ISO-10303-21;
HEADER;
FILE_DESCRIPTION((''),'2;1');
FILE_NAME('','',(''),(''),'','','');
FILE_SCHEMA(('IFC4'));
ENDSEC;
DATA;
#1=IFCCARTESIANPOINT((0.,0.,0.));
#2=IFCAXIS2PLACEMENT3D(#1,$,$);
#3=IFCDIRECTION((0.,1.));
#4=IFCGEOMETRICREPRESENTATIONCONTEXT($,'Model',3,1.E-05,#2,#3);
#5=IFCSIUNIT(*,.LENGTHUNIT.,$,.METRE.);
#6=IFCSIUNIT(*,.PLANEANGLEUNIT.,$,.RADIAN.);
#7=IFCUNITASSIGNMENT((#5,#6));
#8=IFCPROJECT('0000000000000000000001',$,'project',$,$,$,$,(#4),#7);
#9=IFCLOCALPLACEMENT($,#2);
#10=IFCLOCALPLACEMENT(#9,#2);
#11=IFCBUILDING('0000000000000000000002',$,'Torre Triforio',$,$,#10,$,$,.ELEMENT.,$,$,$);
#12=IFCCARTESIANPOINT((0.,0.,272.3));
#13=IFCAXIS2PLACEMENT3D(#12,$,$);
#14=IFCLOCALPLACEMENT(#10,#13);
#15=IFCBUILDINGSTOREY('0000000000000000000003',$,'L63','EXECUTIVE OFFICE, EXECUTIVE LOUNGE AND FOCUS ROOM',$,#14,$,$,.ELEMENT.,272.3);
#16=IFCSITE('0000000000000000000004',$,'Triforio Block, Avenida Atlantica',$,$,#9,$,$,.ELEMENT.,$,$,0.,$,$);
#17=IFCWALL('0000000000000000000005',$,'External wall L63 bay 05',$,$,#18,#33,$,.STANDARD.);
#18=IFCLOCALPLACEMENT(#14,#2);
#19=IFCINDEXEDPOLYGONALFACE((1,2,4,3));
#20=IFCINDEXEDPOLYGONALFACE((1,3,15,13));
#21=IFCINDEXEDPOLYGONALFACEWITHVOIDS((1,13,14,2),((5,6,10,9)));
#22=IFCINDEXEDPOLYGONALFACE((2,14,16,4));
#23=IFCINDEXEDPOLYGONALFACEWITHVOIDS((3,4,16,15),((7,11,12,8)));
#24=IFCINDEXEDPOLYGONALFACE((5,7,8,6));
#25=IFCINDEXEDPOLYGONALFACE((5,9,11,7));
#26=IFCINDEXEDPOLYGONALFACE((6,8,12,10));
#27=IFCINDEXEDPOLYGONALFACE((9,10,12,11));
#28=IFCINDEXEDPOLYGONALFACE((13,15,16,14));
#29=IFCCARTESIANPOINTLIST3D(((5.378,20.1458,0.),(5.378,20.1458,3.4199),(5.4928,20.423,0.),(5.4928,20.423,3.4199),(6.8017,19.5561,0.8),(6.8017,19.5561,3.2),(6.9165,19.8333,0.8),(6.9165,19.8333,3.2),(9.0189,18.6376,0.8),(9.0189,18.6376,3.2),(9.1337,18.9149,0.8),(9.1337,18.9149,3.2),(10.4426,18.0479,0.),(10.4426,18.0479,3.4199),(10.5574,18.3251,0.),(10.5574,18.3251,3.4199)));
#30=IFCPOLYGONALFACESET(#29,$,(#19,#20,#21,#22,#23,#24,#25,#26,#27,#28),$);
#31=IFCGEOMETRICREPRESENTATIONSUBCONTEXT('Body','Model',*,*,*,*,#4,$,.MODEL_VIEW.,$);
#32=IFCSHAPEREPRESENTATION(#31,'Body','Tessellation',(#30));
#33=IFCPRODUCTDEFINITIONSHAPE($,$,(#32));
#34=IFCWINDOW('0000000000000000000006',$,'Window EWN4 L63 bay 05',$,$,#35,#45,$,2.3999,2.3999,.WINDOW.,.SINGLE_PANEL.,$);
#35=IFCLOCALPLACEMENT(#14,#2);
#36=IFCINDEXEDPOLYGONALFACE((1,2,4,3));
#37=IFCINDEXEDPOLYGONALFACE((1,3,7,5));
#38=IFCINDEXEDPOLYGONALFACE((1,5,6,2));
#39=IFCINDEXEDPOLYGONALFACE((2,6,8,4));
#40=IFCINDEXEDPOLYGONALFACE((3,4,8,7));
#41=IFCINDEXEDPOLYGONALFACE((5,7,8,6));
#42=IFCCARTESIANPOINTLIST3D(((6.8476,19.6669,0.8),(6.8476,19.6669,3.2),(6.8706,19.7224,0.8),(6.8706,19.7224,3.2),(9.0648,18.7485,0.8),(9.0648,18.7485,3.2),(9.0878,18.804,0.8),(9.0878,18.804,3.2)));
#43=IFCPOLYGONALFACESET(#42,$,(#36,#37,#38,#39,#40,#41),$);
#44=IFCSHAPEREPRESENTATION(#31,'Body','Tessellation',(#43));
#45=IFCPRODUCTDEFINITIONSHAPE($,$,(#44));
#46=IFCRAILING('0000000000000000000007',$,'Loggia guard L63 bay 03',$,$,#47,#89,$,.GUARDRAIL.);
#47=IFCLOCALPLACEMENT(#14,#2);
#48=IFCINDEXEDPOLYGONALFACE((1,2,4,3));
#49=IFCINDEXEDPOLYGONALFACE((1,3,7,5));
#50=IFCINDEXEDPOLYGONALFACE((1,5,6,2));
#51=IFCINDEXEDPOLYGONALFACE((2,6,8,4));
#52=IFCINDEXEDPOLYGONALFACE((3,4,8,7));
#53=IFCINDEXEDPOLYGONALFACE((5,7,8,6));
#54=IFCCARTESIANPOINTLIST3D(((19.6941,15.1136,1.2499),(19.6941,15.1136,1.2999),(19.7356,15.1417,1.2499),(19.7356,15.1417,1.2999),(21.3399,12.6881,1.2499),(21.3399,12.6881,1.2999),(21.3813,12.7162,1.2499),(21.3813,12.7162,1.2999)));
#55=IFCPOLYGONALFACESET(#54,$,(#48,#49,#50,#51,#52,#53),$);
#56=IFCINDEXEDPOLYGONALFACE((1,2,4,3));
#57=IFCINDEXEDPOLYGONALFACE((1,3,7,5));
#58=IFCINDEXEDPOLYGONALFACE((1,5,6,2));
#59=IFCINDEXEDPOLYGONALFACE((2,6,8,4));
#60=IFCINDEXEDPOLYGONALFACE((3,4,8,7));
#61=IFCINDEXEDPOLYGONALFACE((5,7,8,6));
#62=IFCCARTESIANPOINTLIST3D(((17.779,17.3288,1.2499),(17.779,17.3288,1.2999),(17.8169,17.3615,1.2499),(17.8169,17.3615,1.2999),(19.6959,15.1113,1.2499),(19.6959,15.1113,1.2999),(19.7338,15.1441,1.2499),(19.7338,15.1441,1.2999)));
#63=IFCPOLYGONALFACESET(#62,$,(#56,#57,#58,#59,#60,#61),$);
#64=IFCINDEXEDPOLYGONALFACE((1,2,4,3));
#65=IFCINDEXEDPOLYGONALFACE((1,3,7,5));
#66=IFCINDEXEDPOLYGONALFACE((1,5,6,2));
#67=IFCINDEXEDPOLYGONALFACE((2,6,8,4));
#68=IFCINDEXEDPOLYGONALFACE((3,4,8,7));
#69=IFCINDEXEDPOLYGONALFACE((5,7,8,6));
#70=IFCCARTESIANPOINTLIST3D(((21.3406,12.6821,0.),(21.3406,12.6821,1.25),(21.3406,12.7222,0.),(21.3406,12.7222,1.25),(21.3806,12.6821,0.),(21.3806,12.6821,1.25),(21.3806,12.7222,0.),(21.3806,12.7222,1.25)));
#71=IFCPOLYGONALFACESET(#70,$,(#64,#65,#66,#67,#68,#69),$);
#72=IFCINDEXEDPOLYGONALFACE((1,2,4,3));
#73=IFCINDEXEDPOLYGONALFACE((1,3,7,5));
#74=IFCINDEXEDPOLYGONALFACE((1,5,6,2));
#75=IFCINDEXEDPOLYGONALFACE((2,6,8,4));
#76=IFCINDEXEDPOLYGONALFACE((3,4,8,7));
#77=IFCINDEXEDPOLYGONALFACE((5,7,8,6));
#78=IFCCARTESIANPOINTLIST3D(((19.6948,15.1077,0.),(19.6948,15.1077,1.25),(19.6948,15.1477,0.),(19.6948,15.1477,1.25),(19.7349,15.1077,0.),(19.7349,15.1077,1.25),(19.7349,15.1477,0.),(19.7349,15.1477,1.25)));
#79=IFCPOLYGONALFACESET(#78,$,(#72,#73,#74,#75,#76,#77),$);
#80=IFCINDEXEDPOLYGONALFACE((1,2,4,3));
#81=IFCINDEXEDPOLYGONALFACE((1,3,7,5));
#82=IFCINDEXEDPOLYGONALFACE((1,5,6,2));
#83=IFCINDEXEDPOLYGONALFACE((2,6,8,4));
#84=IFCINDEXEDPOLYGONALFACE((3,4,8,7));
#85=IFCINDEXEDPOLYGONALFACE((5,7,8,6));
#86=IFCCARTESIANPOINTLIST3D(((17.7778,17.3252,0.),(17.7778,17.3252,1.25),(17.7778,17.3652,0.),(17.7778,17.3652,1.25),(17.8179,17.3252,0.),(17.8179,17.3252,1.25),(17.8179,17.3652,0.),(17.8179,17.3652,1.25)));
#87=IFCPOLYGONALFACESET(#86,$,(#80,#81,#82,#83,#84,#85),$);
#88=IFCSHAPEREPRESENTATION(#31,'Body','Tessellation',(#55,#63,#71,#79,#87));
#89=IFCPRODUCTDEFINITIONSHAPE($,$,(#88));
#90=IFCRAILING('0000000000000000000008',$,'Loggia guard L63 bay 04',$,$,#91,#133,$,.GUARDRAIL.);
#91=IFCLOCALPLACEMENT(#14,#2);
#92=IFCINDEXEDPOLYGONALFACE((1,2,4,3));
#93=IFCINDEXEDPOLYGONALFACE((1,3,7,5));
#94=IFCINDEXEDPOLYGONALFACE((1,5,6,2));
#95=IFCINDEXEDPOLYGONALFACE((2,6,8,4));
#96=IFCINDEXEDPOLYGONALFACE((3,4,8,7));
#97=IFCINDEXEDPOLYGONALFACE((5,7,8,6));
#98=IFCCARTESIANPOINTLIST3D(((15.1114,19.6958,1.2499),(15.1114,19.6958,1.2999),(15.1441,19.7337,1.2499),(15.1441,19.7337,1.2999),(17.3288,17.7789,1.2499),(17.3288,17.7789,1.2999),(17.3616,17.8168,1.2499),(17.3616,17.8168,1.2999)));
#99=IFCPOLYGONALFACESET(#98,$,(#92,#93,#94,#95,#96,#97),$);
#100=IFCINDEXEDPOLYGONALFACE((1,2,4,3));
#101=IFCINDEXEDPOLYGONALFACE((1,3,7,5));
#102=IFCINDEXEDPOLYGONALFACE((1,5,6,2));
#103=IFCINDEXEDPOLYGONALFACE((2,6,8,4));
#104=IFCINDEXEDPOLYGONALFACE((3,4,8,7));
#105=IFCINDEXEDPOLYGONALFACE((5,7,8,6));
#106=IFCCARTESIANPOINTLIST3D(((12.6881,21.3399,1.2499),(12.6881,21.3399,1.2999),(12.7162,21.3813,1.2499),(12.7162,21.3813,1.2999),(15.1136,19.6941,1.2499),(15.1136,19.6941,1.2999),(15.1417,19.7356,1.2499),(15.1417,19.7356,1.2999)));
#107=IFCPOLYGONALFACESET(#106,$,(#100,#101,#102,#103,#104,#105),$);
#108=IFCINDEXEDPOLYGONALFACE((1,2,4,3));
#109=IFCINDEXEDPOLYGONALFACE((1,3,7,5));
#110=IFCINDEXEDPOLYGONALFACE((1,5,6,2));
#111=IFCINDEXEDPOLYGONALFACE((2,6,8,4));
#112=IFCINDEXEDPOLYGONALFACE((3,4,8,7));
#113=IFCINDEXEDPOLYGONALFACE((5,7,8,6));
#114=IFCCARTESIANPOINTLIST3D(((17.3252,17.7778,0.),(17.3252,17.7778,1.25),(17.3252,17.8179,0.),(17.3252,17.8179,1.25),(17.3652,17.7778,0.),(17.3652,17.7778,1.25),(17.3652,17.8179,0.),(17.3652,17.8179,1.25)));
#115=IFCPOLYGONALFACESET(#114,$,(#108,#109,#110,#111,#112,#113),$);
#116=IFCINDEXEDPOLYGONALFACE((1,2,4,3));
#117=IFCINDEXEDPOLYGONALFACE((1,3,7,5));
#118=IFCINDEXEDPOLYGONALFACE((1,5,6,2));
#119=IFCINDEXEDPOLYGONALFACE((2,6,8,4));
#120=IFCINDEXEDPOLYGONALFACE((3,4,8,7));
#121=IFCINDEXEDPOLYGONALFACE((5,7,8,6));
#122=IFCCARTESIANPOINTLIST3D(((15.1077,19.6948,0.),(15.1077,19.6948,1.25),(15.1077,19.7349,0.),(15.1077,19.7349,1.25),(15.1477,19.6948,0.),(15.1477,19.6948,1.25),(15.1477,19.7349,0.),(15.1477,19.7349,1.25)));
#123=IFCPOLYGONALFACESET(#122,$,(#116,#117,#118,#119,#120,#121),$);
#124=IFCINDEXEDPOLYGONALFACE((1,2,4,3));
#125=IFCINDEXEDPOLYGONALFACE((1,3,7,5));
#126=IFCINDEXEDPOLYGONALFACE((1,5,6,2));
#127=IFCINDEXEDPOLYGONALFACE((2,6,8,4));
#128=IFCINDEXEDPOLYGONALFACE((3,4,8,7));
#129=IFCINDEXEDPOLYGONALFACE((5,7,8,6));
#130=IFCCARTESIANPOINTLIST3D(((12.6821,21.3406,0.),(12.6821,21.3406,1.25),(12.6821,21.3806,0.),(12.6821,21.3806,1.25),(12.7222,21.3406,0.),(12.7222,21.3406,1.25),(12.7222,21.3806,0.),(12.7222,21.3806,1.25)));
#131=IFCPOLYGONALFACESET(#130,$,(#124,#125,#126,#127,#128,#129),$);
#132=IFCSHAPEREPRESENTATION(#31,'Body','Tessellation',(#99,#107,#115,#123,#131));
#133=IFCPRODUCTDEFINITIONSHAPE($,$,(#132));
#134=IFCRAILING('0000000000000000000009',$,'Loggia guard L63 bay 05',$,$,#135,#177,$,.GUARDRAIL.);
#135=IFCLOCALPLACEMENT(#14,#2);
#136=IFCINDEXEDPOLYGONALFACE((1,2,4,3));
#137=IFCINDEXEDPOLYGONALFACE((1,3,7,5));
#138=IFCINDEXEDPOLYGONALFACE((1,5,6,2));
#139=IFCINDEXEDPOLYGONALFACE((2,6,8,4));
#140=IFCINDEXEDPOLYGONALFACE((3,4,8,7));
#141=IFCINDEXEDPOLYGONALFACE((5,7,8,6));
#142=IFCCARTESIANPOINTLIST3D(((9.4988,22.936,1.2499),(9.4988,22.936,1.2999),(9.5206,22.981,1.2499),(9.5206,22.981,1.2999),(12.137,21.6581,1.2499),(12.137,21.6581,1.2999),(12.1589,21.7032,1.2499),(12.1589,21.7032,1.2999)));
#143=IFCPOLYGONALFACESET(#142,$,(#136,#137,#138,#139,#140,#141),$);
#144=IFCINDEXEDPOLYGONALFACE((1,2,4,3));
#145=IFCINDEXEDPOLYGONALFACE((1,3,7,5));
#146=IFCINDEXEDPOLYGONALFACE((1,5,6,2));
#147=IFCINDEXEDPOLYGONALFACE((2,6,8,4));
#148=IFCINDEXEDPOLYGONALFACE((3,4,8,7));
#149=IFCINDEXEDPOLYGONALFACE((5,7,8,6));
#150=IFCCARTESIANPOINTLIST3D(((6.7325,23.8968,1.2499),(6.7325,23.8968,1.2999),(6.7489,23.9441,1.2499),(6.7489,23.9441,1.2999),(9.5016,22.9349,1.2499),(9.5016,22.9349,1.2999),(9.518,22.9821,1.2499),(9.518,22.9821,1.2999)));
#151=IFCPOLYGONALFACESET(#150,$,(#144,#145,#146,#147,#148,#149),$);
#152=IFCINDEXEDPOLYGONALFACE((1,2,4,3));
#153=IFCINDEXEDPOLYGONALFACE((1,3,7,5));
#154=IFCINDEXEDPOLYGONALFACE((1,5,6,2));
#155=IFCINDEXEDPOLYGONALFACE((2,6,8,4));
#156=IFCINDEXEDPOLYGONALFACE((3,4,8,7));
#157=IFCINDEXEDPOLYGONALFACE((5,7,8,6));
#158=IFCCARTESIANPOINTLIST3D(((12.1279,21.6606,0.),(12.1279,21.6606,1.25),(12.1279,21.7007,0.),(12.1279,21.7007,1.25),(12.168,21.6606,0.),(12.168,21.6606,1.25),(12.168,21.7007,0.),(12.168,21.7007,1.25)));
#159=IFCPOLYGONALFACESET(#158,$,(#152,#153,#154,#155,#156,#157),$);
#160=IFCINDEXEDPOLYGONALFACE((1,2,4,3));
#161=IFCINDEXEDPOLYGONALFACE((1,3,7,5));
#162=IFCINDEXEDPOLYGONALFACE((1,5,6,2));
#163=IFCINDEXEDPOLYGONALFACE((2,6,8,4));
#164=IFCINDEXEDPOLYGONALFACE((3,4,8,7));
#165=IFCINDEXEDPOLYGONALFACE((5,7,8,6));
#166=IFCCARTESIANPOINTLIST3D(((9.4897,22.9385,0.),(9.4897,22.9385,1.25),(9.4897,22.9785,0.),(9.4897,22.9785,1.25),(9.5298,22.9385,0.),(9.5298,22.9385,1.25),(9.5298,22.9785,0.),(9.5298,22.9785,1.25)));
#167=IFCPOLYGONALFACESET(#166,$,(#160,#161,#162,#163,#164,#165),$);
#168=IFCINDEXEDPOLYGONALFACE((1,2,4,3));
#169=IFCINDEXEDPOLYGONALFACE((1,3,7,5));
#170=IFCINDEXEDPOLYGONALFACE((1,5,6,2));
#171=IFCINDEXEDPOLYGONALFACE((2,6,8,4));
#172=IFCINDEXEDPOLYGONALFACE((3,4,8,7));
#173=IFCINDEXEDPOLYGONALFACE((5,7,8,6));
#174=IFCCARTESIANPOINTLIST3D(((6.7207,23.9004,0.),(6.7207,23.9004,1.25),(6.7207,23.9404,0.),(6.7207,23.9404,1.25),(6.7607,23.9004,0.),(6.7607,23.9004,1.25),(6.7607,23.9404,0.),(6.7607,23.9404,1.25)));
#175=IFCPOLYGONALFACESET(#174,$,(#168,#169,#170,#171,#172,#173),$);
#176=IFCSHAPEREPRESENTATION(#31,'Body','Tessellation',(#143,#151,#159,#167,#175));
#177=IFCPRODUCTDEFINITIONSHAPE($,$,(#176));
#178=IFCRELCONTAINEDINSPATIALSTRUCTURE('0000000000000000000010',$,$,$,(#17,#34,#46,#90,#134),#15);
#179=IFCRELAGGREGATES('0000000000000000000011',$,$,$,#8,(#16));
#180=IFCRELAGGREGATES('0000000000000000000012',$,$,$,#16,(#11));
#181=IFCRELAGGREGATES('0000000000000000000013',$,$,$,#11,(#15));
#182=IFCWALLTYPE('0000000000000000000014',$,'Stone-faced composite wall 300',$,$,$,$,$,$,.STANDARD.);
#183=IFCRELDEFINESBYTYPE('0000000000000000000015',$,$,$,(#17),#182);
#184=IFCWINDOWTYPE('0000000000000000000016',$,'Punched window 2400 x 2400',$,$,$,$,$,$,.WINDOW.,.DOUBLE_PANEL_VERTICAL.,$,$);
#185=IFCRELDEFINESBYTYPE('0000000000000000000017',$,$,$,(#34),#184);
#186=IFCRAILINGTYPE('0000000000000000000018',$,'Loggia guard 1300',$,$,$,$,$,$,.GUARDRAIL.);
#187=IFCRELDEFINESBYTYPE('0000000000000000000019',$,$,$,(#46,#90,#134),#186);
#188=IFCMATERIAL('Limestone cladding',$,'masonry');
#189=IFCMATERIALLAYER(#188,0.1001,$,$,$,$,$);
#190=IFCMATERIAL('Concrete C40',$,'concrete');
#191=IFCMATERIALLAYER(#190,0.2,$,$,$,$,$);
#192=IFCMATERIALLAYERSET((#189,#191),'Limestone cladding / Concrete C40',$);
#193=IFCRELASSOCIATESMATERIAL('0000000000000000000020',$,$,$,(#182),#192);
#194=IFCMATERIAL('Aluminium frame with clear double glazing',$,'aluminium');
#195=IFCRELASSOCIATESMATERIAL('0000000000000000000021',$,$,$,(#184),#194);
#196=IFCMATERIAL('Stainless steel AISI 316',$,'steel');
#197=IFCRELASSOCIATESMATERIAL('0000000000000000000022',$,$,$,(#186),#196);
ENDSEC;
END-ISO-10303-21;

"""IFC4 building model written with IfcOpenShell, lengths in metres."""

from ifc_helpers import new_model, si_unit, direction, frame, frame_2d, origin, origin_2d, place, context, subcontext, project, spatial, rectangle, extrude, material, layer, layer_set, type_object, element, fill, save


model = new_model("IFC4")

# Units and contexts
model_context = context("Model", 3, precision=1e-05, world=origin(), true_north=direction((0.0, 1.0)))
body_context = subcontext(model_context, "Body", "Model", "MODEL_VIEW")
ifc_project = project(units=[si_unit("LENGTHUNIT", "METRE"), si_unit("PLANEANGLEUNIT", "RADIAN")], contexts=[model_context])

# Site, building, storey
site_placement = place(None, origin())
site = spatial("IfcSite", under=ifc_project, at=site_placement, Name="Triforio Block, Avenida Atlantica", CompositionType="ELEMENT", RefElevation=0.0)
building_placement = place(site_placement, origin())
building = spatial("IfcBuilding", under=site, at=building_placement, Name="Torre Triforio", CompositionType="ELEMENT")
storey_placement = place(building_placement, frame((0.0, 0.0, 272.3)))
storey = spatial("IfcBuildingStorey", under=building, at=storey_placement, Name="L63", Description="EXECUTIVE OFFICE, EXECUTIVE LOUNGE AND FOCUS ROOM", CompositionType="ELEMENT", Elevation=272.3)

# Shared definitions
ifc_material_1 = material(Name="Concrete C40", Category="concrete")

# Shared definitions
ifc_material_2 = material(Name="Limestone cladding", Category="masonry")

# Shared definitions
ifc_layer_1 = layer(ifc_material_2, 0.1001)
ifc_layer_2 = layer(ifc_material_1, 0.2)
ifc_layer_set_1 = layer_set([ifc_layer_1, ifc_layer_2], Name="Limestone cladding / Concrete C40")
wall_type_1 = type_object("IfcWallType", Name="Stone-faced composite wall 300", PredefinedType="STANDARD", material=ifc_layer_set_1)
ifc_material_3 = material(Name="Aluminium frame with clear double glazing", Category="aluminium")
window_type_1 = type_object("IfcWindowType", Name="Punched window 2400 x 2400", PartitioningType="DOUBLE_PANEL_VERTICAL", PredefinedType="WINDOW", material=ifc_material_3)

# Wall, opening, window
wall_1_placement = place(storey_placement, frame((10.5, 18.1865, 0.0), z_axis=(0.0, 0.0, 1.0), x_axis=(-0.923877, 0.382689, 0.0)))
wall_1 = element("IfcWall", 1, at=wall_1_placement, inside=storey, type_object=wall_type_1, Name="External wall L63 bay 05", PredefinedType="STANDARD", context=body_context, shape_type="SweptSolid", body=[
    extrude(rectangle(XDim=5.4819, YDim=0.3, at=frame_2d((2.741, 0.0))), origin(), (0.0, 0.0, 1.0), 3.4199),
])
opening_1_placement = place(wall_1_placement, frame((1.541, 0.0, 0.8)))
opening_1 = element("IfcOpeningElement", 2, at=opening_1_placement, cuts=wall_1, PredefinedType="OPENING", context=body_context, shape_type="SweptSolid", body=[
    extrude(rectangle(XDim=2.3999, YDim=2.3999, at=frame_2d((1.2, 1.2))), frame((0.0, 0.1599, 0.0), z_axis=(0.0, -1.0, 0.0), x_axis=(1.0, 0.0, 0.0)), (0.0, 0.0, 1.0), 0.3201),
])
window_1_placement = place(opening_1_placement, origin())
window_1 = element("IfcWindow", 3, at=window_1_placement, inside=storey, type_object=window_type_1, Name="Window EWN4 L63 bay 05", OverallHeight=2.3999, OverallWidth=2.3999, PartitioningType="SINGLE_PANEL", PredefinedType="WINDOW", context=body_context, shape_type="SweptSolid", body=[
    extrude(rectangle(XDim=2.3999, YDim=2.3999, at=frame_2d((1.2, 1.2))), frame((0.0, 0.03, 0.0), z_axis=(0.0, -1.0, 0.0), x_axis=(1.0, 0.0, 0.0)), (0.0, 0.0, 1.0), 0.0601),
])
fill(opening_1, window_1)

# Railings
ifc_material_4 = material(Name="Stainless steel AISI 316", Category="steel")
railing_type = type_object("IfcRailingType", Name="Loggia guard 1300", PredefinedType="GUARDRAIL", material=ifc_material_4)
railing_1_placement = place(storey_placement, frame((21.3606, 12.7021, 0.0)))
element("IfcRailing", 4, at=railing_1_placement, inside=storey, type_object=railing_type, Name="Loggia guard L63 bay 03", PredefinedType="GUARDRAIL", context=body_context, shape_type="SweptSolid", body=[
    extrude(rectangle(XDim=0.05, YDim=0.05, at=origin_2d()), frame((0.0, 0.0, 1.2749), z_axis=(-0.561467, 0.827499, 0.0), x_axis=(-0.827499, -0.561467, 0.0)), (0.0, 0.0, 1.0), 2.9312),
    extrude(rectangle(XDim=0.05, YDim=0.05, at=origin_2d()), frame((-1.6458, 2.4255, 1.2749), z_axis=(-0.653982, 0.75651, 0.0), x_axis=(-0.75651, -0.653982, 0.0)), (0.0, 0.0, 1.0), 2.9312),
    extrude(rectangle(XDim=0.04, YDim=0.04, at=origin_2d()), origin(), (0.0, 0.0, 1.0), 1.25),
    extrude(rectangle(XDim=0.04, YDim=0.04, at=origin_2d()), frame((-1.6458, 2.4255, 0.0)), (0.0, 0.0, 1.0), 1.25),
    extrude(rectangle(XDim=0.04, YDim=0.04, at=origin_2d()), frame((-3.5627, 4.6431, 0.0)), (0.0, 0.0, 1.0), 1.25),
])
railing_2_placement = place(storey_placement, frame((17.3452, 17.7979, 0.0)))
element("IfcRailing", 5, at=railing_2_placement, inside=storey, type_object=railing_type, Name="Loggia guard L63 bay 04", PredefinedType="GUARDRAIL", context=body_context, shape_type="SweptSolid", body=[
    extrude(rectangle(XDim=0.05, YDim=0.05, at=origin_2d()), frame((0.0, 0.0, 1.2749), z_axis=(-0.75651, 0.653982, 0.0), x_axis=(-0.653982, -0.75651, 0.0)), (0.0, 0.0, 1.0), 2.9312),
    extrude(rectangle(XDim=0.05, YDim=0.05, at=origin_2d()), frame((-2.2175, 1.917, 1.2749), z_axis=(-0.827499, 0.561467, 0.0), x_axis=(-0.561467, -0.827499, 0.0)), (0.0, 0.0, 1.0), 2.9312),
    extrude(rectangle(XDim=0.04, YDim=0.04, at=origin_2d()), origin(), (0.0, 0.0, 1.0), 1.25),
    extrude(rectangle(XDim=0.04, YDim=0.04, at=origin_2d()), frame((-2.2175, 1.917, 0.0)), (0.0, 0.0, 1.0), 1.25),
    extrude(rectangle(XDim=0.04, YDim=0.04, at=origin_2d()), frame((-4.6431, 3.5627, 0.0)), (0.0, 0.0, 1.0), 1.25),
])
railing_3_placement = place(storey_placement, frame((12.1479, 21.6807, 0.0)))
element("IfcRailing", 6, at=railing_3_placement, inside=storey, type_object=railing_type, Name="Loggia guard L63 bay 05", PredefinedType="GUARDRAIL", context=body_context, shape_type="SweptSolid", body=[
    extrude(rectangle(XDim=0.05, YDim=0.05, at=origin_2d()), frame((0.0, 0.0, 1.2749), z_axis=(-0.899986, 0.435918, 0.0), x_axis=(-0.435918, -0.899986, 0.0)), (0.0, 0.0, 1.0), 2.9314),
    extrude(rectangle(XDim=0.05, YDim=0.05, at=origin_2d()), frame((-2.6382, 1.2778, 1.2749), z_axis=(-0.944627, 0.328146, 0.0), x_axis=(-0.328146, -0.944627, 0.0)), (0.0, 0.0, 1.0), 2.9314),
    extrude(rectangle(XDim=0.04, YDim=0.04, at=origin_2d()), origin(), (0.0, 0.0, 1.0), 1.25),
    extrude(rectangle(XDim=0.04, YDim=0.04, at=origin_2d()), frame((-2.6382, 1.2778, 0.0)), (0.0, 0.0, 1.0), 1.25),
    extrude(rectangle(XDim=0.04, YDim=0.04, at=origin_2d()), frame((-5.4072, 2.2397, 0.0)), (0.0, 0.0, 1.0), 1.25),
])

save(model, "model.ifc")
